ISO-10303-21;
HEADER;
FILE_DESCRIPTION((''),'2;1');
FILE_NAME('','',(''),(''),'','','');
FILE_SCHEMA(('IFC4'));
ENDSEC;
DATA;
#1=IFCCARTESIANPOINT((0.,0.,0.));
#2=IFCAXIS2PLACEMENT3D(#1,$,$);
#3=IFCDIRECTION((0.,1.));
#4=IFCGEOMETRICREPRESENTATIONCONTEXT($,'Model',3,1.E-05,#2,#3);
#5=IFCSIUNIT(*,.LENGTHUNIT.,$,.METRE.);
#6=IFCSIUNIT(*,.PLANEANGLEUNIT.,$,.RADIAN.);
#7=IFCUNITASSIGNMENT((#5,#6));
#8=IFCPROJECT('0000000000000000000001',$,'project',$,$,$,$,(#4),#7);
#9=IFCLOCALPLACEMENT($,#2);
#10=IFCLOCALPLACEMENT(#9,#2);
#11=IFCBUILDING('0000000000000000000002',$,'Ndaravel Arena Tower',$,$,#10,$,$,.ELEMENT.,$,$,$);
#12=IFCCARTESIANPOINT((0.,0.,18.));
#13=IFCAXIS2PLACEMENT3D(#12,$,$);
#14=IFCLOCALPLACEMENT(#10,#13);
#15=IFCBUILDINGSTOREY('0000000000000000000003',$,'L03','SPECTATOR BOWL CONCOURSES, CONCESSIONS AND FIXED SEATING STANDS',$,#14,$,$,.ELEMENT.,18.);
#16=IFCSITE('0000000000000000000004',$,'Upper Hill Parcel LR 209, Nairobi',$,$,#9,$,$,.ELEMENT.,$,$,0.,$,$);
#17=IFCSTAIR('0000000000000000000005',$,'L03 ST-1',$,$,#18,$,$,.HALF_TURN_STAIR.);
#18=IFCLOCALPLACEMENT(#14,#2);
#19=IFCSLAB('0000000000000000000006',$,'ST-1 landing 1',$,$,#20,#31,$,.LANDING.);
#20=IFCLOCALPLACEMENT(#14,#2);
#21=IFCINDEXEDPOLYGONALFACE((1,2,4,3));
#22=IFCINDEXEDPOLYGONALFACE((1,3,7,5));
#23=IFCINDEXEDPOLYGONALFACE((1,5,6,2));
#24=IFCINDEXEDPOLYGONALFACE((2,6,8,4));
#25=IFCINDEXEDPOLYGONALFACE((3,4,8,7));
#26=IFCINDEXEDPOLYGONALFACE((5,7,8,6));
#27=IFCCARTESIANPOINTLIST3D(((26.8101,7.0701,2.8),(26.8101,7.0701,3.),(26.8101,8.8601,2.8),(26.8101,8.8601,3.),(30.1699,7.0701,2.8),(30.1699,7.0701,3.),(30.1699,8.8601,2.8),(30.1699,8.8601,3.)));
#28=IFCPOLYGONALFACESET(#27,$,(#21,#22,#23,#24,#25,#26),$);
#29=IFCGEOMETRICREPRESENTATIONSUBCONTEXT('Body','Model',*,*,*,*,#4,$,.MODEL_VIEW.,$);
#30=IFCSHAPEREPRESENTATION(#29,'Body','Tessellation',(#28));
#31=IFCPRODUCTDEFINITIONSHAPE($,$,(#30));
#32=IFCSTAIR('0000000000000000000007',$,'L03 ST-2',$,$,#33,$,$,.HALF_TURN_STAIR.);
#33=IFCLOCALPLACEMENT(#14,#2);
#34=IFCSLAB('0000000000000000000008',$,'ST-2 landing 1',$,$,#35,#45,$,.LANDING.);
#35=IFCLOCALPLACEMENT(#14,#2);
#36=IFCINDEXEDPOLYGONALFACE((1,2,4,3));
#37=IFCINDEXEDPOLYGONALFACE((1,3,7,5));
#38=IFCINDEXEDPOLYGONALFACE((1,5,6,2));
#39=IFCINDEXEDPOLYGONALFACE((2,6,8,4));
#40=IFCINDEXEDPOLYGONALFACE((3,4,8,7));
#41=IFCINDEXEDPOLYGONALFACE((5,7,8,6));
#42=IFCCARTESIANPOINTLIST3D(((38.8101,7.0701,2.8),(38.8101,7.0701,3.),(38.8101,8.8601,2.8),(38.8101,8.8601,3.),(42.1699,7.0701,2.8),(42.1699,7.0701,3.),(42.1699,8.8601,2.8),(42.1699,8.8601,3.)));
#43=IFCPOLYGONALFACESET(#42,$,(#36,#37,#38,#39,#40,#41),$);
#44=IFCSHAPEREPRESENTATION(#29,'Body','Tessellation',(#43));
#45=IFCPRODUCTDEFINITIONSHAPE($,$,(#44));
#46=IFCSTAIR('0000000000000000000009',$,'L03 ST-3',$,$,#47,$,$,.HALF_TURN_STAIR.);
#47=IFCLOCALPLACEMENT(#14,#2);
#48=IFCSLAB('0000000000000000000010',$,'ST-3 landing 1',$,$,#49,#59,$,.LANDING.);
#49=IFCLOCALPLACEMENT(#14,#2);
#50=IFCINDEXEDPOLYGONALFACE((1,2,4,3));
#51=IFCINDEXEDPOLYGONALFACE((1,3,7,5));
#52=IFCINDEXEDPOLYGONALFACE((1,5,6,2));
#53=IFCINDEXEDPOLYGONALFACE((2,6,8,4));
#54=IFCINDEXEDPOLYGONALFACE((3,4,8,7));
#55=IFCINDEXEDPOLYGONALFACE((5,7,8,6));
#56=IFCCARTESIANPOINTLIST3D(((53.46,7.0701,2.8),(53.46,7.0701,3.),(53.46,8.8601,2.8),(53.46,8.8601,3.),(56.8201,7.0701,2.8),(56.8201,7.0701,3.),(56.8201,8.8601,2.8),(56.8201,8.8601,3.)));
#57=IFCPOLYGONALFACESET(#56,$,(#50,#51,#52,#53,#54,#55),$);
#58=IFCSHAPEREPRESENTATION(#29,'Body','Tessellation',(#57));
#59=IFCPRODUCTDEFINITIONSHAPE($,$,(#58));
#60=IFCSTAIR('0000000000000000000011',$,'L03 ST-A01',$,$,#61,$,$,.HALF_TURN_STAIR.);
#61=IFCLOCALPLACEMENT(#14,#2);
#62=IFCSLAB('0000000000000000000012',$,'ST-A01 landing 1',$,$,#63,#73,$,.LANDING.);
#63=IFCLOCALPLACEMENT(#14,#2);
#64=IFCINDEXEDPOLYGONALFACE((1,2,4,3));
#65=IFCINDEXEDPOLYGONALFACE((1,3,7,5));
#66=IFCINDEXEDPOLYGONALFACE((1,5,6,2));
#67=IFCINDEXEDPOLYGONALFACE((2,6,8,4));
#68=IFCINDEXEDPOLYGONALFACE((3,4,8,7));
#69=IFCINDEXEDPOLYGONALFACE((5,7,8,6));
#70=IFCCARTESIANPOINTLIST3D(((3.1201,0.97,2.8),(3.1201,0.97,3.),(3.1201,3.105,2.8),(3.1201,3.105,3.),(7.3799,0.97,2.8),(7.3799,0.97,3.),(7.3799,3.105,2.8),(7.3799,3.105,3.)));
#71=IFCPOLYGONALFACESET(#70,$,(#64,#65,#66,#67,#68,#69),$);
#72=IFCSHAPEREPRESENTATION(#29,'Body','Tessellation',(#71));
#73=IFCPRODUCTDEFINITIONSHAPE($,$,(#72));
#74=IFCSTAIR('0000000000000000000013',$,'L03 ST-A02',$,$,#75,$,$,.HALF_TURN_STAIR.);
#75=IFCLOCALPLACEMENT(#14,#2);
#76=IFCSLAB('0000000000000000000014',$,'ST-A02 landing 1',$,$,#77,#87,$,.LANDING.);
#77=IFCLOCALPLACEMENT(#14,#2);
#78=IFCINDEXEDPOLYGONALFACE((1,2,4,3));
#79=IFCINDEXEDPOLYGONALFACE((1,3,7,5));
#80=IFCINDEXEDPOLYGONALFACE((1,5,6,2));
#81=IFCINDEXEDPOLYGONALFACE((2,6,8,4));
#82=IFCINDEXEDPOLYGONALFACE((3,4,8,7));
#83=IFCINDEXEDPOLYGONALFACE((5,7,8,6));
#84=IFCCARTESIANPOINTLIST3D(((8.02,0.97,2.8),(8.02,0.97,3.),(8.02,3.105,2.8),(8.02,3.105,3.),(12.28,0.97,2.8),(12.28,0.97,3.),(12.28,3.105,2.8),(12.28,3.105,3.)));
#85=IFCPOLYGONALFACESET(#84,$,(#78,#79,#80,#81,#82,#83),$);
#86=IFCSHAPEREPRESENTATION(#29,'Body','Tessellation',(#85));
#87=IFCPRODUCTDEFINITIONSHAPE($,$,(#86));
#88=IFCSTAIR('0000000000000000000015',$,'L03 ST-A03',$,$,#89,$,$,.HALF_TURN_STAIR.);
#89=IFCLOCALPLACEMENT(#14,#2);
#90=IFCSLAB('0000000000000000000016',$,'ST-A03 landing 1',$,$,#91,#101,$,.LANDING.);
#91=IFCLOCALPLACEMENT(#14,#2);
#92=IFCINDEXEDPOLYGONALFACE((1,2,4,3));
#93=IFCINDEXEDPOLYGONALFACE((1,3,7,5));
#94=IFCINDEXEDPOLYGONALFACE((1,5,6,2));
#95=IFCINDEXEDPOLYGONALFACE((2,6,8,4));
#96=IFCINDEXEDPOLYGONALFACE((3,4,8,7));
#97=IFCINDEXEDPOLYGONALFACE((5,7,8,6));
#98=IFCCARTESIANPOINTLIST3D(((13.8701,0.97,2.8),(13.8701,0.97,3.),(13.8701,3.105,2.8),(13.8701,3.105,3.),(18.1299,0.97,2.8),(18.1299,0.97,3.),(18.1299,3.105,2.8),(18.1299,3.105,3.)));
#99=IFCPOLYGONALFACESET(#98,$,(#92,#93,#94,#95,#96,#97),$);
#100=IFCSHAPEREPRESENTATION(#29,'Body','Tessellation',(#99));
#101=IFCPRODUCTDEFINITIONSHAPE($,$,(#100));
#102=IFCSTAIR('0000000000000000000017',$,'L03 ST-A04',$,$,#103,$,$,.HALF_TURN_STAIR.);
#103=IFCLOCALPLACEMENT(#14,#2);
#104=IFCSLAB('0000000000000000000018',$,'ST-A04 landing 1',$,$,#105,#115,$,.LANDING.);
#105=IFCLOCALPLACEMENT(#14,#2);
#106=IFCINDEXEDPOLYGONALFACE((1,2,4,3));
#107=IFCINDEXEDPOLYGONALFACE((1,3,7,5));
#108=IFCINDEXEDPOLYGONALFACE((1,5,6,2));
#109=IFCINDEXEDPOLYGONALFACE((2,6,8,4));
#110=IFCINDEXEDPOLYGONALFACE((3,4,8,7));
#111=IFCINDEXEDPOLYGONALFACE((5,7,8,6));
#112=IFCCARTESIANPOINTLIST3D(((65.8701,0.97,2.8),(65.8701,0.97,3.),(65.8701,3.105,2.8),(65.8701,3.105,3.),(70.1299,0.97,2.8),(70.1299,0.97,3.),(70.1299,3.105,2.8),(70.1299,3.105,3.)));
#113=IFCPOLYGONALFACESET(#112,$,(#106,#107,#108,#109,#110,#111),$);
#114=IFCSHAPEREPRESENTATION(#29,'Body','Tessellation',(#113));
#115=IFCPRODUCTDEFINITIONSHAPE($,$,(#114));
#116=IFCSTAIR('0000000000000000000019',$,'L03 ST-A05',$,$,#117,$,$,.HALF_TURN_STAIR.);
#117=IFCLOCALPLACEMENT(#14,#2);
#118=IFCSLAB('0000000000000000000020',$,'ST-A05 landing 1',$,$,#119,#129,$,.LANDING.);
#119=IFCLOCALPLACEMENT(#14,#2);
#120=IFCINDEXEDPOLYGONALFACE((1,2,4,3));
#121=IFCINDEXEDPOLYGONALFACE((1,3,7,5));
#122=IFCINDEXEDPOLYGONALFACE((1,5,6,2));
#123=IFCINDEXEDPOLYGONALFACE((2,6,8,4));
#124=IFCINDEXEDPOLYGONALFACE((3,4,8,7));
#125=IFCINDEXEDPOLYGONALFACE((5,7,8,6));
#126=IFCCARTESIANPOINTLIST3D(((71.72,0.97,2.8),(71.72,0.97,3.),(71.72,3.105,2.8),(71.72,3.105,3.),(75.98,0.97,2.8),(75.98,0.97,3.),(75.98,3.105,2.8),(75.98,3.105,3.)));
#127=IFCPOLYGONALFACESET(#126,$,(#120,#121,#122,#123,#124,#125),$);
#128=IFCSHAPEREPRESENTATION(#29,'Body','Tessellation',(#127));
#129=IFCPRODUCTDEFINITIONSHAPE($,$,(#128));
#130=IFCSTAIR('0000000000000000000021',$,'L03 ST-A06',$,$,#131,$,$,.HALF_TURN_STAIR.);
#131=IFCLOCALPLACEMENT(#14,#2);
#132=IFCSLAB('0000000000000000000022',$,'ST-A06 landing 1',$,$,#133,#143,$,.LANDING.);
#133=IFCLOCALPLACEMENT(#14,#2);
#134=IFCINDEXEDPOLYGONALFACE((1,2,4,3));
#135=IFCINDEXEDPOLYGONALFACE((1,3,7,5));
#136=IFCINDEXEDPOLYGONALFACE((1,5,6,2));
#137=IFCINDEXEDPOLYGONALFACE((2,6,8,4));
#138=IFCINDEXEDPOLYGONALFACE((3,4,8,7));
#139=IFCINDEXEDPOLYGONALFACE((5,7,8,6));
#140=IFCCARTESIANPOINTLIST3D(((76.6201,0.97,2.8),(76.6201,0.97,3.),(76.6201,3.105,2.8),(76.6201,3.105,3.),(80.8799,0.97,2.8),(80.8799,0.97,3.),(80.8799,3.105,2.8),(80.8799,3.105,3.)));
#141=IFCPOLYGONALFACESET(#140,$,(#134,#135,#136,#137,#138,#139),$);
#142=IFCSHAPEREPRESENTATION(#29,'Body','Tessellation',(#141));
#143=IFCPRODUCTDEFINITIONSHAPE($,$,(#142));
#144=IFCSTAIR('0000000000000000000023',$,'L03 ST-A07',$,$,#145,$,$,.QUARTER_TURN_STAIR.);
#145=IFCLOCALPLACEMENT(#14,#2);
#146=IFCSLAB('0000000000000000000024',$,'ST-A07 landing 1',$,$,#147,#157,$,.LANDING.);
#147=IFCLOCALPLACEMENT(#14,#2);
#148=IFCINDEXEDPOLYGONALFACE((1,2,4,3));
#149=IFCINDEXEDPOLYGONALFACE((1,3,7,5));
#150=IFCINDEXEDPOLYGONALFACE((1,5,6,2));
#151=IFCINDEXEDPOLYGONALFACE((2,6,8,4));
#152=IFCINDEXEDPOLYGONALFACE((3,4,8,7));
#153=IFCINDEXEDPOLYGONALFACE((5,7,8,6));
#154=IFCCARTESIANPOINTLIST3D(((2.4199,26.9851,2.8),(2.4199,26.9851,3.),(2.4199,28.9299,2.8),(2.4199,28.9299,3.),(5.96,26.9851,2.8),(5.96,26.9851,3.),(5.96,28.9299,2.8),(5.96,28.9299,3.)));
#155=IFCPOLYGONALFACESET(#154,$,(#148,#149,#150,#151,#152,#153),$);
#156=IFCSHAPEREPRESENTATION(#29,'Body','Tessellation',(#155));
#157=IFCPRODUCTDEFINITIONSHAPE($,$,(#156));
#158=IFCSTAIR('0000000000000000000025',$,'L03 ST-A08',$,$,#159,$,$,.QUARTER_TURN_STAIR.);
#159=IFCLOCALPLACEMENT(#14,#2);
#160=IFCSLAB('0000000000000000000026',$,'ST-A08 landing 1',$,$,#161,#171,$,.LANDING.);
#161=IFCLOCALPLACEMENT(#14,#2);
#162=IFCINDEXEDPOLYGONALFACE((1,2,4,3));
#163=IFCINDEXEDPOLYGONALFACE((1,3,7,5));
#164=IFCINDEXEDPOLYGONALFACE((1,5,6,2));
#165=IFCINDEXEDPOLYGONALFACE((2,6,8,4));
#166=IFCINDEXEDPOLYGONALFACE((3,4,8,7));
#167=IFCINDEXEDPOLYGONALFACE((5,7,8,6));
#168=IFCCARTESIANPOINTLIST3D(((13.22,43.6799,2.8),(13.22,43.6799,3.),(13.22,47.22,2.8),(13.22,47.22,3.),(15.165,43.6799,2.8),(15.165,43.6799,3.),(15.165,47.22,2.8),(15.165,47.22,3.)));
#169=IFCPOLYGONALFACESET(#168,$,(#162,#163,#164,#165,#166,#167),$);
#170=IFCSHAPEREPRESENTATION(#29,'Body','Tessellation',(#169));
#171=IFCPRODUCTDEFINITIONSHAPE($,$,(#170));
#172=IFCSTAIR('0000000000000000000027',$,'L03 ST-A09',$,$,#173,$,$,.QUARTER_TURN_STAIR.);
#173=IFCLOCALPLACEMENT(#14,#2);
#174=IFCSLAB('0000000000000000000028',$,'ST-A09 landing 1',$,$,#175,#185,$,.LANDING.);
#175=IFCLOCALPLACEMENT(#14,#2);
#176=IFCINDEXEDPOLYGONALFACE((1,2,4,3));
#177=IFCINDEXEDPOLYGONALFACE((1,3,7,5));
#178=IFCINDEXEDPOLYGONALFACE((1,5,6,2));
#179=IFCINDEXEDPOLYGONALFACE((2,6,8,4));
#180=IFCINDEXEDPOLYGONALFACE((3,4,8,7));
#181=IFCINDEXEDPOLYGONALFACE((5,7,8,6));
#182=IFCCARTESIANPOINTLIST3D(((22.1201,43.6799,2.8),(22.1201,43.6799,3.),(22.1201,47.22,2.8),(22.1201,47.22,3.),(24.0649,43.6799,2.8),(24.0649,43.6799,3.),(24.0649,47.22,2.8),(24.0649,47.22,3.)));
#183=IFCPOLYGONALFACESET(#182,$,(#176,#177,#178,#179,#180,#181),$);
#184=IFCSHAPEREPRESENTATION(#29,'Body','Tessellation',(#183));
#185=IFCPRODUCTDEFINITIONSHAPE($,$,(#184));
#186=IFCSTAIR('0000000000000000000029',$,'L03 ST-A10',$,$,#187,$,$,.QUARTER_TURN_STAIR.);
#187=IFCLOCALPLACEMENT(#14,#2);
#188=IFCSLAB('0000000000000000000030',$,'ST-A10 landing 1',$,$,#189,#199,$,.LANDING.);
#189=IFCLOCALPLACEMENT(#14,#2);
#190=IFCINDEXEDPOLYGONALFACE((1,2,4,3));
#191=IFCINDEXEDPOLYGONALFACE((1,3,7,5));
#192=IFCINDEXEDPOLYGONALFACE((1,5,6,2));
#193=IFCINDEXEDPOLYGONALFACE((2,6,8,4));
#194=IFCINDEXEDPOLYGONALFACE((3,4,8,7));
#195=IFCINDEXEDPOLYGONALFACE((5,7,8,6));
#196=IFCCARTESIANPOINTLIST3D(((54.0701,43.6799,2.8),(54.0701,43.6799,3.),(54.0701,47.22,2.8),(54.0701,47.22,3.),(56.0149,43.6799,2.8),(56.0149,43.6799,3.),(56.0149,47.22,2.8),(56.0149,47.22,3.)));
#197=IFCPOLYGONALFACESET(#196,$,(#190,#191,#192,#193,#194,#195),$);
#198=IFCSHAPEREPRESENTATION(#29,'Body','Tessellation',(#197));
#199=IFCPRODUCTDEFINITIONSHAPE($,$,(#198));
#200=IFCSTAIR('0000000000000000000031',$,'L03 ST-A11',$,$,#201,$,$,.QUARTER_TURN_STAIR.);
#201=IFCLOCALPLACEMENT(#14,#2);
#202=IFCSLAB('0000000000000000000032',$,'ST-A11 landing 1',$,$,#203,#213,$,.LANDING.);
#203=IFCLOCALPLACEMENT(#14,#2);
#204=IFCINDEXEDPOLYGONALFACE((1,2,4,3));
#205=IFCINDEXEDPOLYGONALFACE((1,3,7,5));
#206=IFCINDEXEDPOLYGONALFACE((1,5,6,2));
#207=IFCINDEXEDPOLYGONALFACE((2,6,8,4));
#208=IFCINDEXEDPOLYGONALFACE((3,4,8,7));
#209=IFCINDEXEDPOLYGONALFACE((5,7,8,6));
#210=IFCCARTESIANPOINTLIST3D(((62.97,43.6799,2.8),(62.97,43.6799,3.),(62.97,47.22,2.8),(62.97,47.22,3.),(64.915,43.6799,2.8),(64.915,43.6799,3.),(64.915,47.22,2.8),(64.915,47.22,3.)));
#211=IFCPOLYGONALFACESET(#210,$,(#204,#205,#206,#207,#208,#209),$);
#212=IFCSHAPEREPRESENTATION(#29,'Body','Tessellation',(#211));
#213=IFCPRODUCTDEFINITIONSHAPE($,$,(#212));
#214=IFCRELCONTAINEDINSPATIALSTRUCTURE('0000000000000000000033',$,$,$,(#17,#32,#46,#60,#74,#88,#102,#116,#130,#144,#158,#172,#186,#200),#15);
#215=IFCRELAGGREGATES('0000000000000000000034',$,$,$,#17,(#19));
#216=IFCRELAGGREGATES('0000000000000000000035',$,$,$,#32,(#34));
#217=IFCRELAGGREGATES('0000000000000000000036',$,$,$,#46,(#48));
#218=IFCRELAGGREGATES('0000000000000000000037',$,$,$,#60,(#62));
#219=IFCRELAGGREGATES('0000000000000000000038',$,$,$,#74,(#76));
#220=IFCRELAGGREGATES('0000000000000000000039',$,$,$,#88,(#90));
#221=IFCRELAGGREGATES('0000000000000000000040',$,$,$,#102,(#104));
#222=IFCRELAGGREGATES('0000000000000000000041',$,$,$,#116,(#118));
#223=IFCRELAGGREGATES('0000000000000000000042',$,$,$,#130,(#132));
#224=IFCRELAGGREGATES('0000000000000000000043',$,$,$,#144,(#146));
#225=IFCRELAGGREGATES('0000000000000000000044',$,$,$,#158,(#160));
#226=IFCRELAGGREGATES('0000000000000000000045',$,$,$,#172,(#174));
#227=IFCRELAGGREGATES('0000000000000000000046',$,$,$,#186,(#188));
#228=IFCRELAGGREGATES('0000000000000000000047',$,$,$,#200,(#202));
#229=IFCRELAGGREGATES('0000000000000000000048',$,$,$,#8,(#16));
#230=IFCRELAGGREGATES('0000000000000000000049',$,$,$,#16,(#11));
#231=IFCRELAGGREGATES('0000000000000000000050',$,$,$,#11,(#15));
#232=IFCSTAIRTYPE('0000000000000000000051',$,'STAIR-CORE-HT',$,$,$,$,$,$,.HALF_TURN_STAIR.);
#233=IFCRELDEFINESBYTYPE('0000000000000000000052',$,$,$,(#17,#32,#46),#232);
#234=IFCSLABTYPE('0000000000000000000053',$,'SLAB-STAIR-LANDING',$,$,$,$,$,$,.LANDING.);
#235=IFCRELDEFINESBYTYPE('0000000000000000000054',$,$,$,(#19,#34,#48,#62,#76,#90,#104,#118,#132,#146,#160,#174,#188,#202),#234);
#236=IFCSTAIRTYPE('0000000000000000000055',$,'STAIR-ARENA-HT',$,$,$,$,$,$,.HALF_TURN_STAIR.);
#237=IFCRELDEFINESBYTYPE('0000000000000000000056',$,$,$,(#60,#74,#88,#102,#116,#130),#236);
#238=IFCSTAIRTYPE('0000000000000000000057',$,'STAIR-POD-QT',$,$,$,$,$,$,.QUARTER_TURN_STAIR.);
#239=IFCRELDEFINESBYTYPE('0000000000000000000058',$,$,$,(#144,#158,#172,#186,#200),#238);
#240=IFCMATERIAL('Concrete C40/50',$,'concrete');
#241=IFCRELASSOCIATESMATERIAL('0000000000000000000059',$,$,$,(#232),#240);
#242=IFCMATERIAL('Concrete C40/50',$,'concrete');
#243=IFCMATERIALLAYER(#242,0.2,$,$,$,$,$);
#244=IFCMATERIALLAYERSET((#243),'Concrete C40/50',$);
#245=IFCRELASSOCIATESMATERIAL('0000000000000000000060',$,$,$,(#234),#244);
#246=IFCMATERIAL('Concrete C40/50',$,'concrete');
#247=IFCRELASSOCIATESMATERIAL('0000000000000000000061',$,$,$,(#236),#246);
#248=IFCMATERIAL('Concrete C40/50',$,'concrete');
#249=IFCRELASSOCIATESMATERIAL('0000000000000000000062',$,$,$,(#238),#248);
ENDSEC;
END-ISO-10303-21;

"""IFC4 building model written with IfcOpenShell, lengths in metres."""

from ifc_helpers import new_model, si_unit, direction, frame, origin, place, context, subcontext, project, spatial, polyline, outline, extrude, material, layer, layer_set, type_object, element, aggregate, save


model = new_model("IFC4")

# Units and contexts
model_context = context("Model", 3, precision=1e-05, world=origin(), true_north=direction((0.0, 1.0)))
body_context = subcontext(model_context, "Body", "Model", "MODEL_VIEW")
ifc_project = project(units=[si_unit("LENGTHUNIT", "METRE"), si_unit("PLANEANGLEUNIT", "RADIAN")], contexts=[model_context])

# Site, building, storey
site_placement = place(None, origin())
site = spatial("IfcSite", under=ifc_project, at=site_placement, Name="Upper Hill Parcel LR 209, Nairobi", CompositionType="ELEMENT", RefElevation=0.0)
building_placement = place(site_placement, origin())
building = spatial("IfcBuilding", under=site, at=building_placement, Name="Ndaravel Arena Tower", CompositionType="ELEMENT")
storey_placement = place(building_placement, frame((0.0, 0.0, 18.0)))
storey = spatial("IfcBuildingStorey", under=building, at=storey_placement, Name="L03", Description="SPECTATOR BOWL CONCOURSES, CONCESSIONS AND FIXED SEATING STANDS", CompositionType="ELEMENT", Elevation=18.0)

# Stairs, slabs
ifc_material_1 = material(Name="Concrete C40/50", Category="concrete")
stair_type_1 = type_object("IfcStairType", Name="STAIR-CORE-HT", PredefinedType="HALF_TURN_STAIR", material=ifc_material_1)
stair_1_placement = place(storey_placement, origin())
stair_1 = element("IfcStair", 1, at=stair_1_placement, inside=storey, type_object=stair_type_1, Name="L03 ST-1", PredefinedType="HALF_TURN_STAIR")
ifc_material_2 = material(Name="Concrete C40/50", Category="concrete")
ifc_layer_1 = layer(ifc_material_2, 0.2)
ifc_layer_set_1 = layer_set([ifc_layer_1], Name="Concrete C40/50")
slab_type_1 = type_object("IfcSlabType", Name="SLAB-STAIR-LANDING", PredefinedType="LANDING", material=ifc_layer_set_1)
slab_1_placement = place(storey_placement, frame((0.0, 0.0, 2.8)))
slab_1 = element("IfcSlab", 2, at=slab_1_placement, type_object=slab_type_1, Name="ST-1 landing 1", PredefinedType="LANDING", context=body_context, shape_type="SweptSolid", body=[
    extrude(outline(polyline([(26.8101, 8.8601), (26.8101, 7.0701), (30.1699, 7.0701), (30.1699, 8.8601), (26.8101, 8.8601)])), origin(), (0.0, 0.0, 1.0), 0.2),
])
aggregate(stair_1, [slab_1])
stair_2_placement = place(storey_placement, origin())
stair_2 = element("IfcStair", 3, at=stair_2_placement, inside=storey, type_object=stair_type_1, Name="L03 ST-2", PredefinedType="HALF_TURN_STAIR")
slab_2_placement = place(storey_placement, frame((0.0, 0.0, 2.8)))
slab_2 = element("IfcSlab", 4, at=slab_2_placement, type_object=slab_type_1, Name="ST-2 landing 1", PredefinedType="LANDING", context=body_context, shape_type="SweptSolid", body=[
    extrude(outline(polyline([(38.8101, 8.8601), (38.8101, 7.0701), (42.1699, 7.0701), (42.1699, 8.8601), (38.8101, 8.8601)])), origin(), (0.0, 0.0, 1.0), 0.2),
])
aggregate(stair_2, [slab_2])
stair_3_placement = place(storey_placement, origin())
stair_3 = element("IfcStair", 5, at=stair_3_placement, inside=storey, type_object=stair_type_1, Name="L03 ST-3", PredefinedType="HALF_TURN_STAIR")
slab_3_placement = place(storey_placement, frame((0.0, 0.0, 2.8)))
slab_3 = element("IfcSlab", 6, at=slab_3_placement, type_object=slab_type_1, Name="ST-3 landing 1", PredefinedType="LANDING", context=body_context, shape_type="SweptSolid", body=[
    extrude(outline(polyline([(53.46, 8.8601), (53.46, 7.0701), (56.8201, 7.0701), (56.8201, 8.8601), (53.46, 8.8601)])), origin(), (0.0, 0.0, 1.0), 0.2),
])
aggregate(stair_3, [slab_3])
ifc_material_3 = material(Name="Concrete C40/50", Category="concrete")
stair_type_2 = type_object("IfcStairType", Name="STAIR-ARENA-HT", PredefinedType="HALF_TURN_STAIR", material=ifc_material_3)
stair_4_placement = place(storey_placement, origin())
stair_4 = element("IfcStair", 7, at=stair_4_placement, inside=storey, type_object=stair_type_2, Name="L03 ST-A01", PredefinedType="HALF_TURN_STAIR")
slab_4_placement = place(storey_placement, frame((0.0, 0.0, 2.8)))
slab_4 = element("IfcSlab", 8, at=slab_4_placement, type_object=slab_type_1, Name="ST-A01 landing 1", PredefinedType="LANDING", context=body_context, shape_type="SweptSolid", body=[
    extrude(outline(polyline([(3.1201, 3.105), (3.1201, 0.97), (7.3799, 0.97), (7.3799, 3.105), (3.1201, 3.105)])), origin(), (0.0, 0.0, 1.0), 0.2),
])
aggregate(stair_4, [slab_4])
stair_5_placement = place(storey_placement, origin())
stair_5 = element("IfcStair", 9, at=stair_5_placement, inside=storey, type_object=stair_type_2, Name="L03 ST-A02", PredefinedType="HALF_TURN_STAIR")
slab_5_placement = place(storey_placement, frame((0.0, 0.0, 2.8)))
slab_5 = element("IfcSlab", 10, at=slab_5_placement, type_object=slab_type_1, Name="ST-A02 landing 1", PredefinedType="LANDING", context=body_context, shape_type="SweptSolid", body=[
    extrude(outline(polyline([(8.02, 3.105), (8.02, 0.97), (12.28, 0.97), (12.28, 3.105), (8.02, 3.105)])), origin(), (0.0, 0.0, 1.0), 0.2),
])
aggregate(stair_5, [slab_5])
stair_6_placement = place(storey_placement, origin())
stair_6 = element("IfcStair", 11, at=stair_6_placement, inside=storey, type_object=stair_type_2, Name="L03 ST-A03", PredefinedType="HALF_TURN_STAIR")
slab_6_placement = place(storey_placement, frame((0.0, 0.0, 2.8)))
slab_6 = element("IfcSlab", 12, at=slab_6_placement, type_object=slab_type_1, Name="ST-A03 landing 1", PredefinedType="LANDING", context=body_context, shape_type="SweptSolid", body=[
    extrude(outline(polyline([(13.8701, 3.105), (13.8701, 0.97), (18.1299, 0.97), (18.1299, 3.105), (13.8701, 3.105)])), origin(), (0.0, 0.0, 1.0), 0.2),
])
aggregate(stair_6, [slab_6])
stair_7_placement = place(storey_placement, origin())
stair_7 = element("IfcStair", 13, at=stair_7_placement, inside=storey, type_object=stair_type_2, Name="L03 ST-A04", PredefinedType="HALF_TURN_STAIR")
slab_7_placement = place(storey_placement, frame((0.0, 0.0, 2.8)))
slab_7 = element("IfcSlab", 14, at=slab_7_placement, type_object=slab_type_1, Name="ST-A04 landing 1", PredefinedType="LANDING", context=body_context, shape_type="SweptSolid", body=[
    extrude(outline(polyline([(65.8701, 3.105), (65.8701, 0.97), (70.1299, 0.97), (70.1299, 3.105), (65.8701, 3.105)])), origin(), (0.0, 0.0, 1.0), 0.2),
])
aggregate(stair_7, [slab_7])
stair_8_placement = place(storey_placement, origin())
stair_8 = element("IfcStair", 15, at=stair_8_placement, inside=storey, type_object=stair_type_2, Name="L03 ST-A05", PredefinedType="HALF_TURN_STAIR")
slab_8_placement = place(storey_placement, frame((0.0, 0.0, 2.8)))
slab_8 = element("IfcSlab", 16, at=slab_8_placement, type_object=slab_type_1, Name="ST-A05 landing 1", PredefinedType="LANDING", context=body_context, shape_type="SweptSolid", body=[
    extrude(outline(polyline([(71.72, 3.105), (71.72, 0.97), (75.98, 0.97), (75.98, 3.105), (71.72, 3.105)])), origin(), (0.0, 0.0, 1.0), 0.2),
])
aggregate(stair_8, [slab_8])
stair_9_placement = place(storey_placement, origin())
stair_9 = element("IfcStair", 17, at=stair_9_placement, inside=storey, type_object=stair_type_2, Name="L03 ST-A06", PredefinedType="HALF_TURN_STAIR")
slab_9_placement = place(storey_placement, frame((0.0, 0.0, 2.8)))
slab_9 = element("IfcSlab", 18, at=slab_9_placement, type_object=slab_type_1, Name="ST-A06 landing 1", PredefinedType="LANDING", context=body_context, shape_type="SweptSolid", body=[
    extrude(outline(polyline([(76.6201, 3.105), (76.6201, 0.97), (80.8799, 0.97), (80.8799, 3.105), (76.6201, 3.105)])), origin(), (0.0, 0.0, 1.0), 0.2),
])
aggregate(stair_9, [slab_9])
ifc_material_4 = material(Name="Concrete C40/50", Category="concrete")
stair_type_3 = type_object("IfcStairType", Name="STAIR-POD-QT", PredefinedType="QUARTER_TURN_STAIR", material=ifc_material_4)
stair_10_placement = place(storey_placement, origin())
stair_10 = element("IfcStair", 19, at=stair_10_placement, inside=storey, type_object=stair_type_3, Name="L03 ST-A07", PredefinedType="QUARTER_TURN_STAIR")
slab_10_placement = place(storey_placement, frame((0.0, 0.0, 2.8)))
slab_10 = element("IfcSlab", 20, at=slab_10_placement, type_object=slab_type_1, Name="ST-A07 landing 1", PredefinedType="LANDING", context=body_context, shape_type="SweptSolid", body=[
    extrude(outline(polyline([(5.96, 26.9851), (5.96, 28.9299), (2.4199, 28.9299), (2.4199, 26.9851), (5.96, 26.9851)])), origin(), (0.0, 0.0, 1.0), 0.2),
])
aggregate(stair_10, [slab_10])
stair_11_placement = place(storey_placement, origin())
stair_11 = element("IfcStair", 21, at=stair_11_placement, inside=storey, type_object=stair_type_3, Name="L03 ST-A08", PredefinedType="QUARTER_TURN_STAIR")
slab_11_placement = place(storey_placement, frame((0.0, 0.0, 2.8)))
slab_11 = element("IfcSlab", 22, at=slab_11_placement, type_object=slab_type_1, Name="ST-A08 landing 1", PredefinedType="LANDING", context=body_context, shape_type="SweptSolid", body=[
    extrude(outline(polyline([(15.165, 47.22), (13.22, 47.22), (13.22, 43.6799), (15.165, 43.6799), (15.165, 47.22)])), origin(), (0.0, 0.0, 1.0), 0.2),
])
aggregate(stair_11, [slab_11])
stair_12_placement = place(storey_placement, origin())
stair_12 = element("IfcStair", 23, at=stair_12_placement, inside=storey, type_object=stair_type_3, Name="L03 ST-A09", PredefinedType="QUARTER_TURN_STAIR")
slab_12_placement = place(storey_placement, frame((0.0, 0.0, 2.8)))
slab_12 = element("IfcSlab", 24, at=slab_12_placement, type_object=slab_type_1, Name="ST-A09 landing 1", PredefinedType="LANDING", context=body_context, shape_type="SweptSolid", body=[
    extrude(outline(polyline([(24.0649, 47.22), (22.1201, 47.22), (22.1201, 43.6799), (24.0649, 43.6799), (24.0649, 47.22)])), origin(), (0.0, 0.0, 1.0), 0.2),
])
aggregate(stair_12, [slab_12])
stair_13_placement = place(storey_placement, origin())
stair_13 = element("IfcStair", 25, at=stair_13_placement, inside=storey, type_object=stair_type_3, Name="L03 ST-A10", PredefinedType="QUARTER_TURN_STAIR")
slab_13_placement = place(storey_placement, frame((0.0, 0.0, 2.8)))
slab_13 = element("IfcSlab", 26, at=slab_13_placement, type_object=slab_type_1, Name="ST-A10 landing 1", PredefinedType="LANDING", context=body_context, shape_type="SweptSolid", body=[
    extrude(outline(polyline([(56.0149, 47.22), (54.0701, 47.22), (54.0701, 43.6799), (56.0149, 43.6799), (56.0149, 47.22)])), origin(), (0.0, 0.0, 1.0), 0.2),
])
aggregate(stair_13, [slab_13])
stair_14_placement = place(storey_placement, origin())
stair_14 = element("IfcStair", 27, at=stair_14_placement, inside=storey, type_object=stair_type_3, Name="L03 ST-A11", PredefinedType="QUARTER_TURN_STAIR")
slab_14_placement = place(storey_placement, frame((0.0, 0.0, 2.8)))
slab_14 = element("IfcSlab", 28, at=slab_14_placement, type_object=slab_type_1, Name="ST-A11 landing 1", PredefinedType="LANDING", context=body_context, shape_type="SweptSolid", body=[
    extrude(outline(polyline([(64.915, 47.22), (62.97, 47.22), (62.97, 43.6799), (64.915, 43.6799), (64.915, 47.22)])), origin(), (0.0, 0.0, 1.0), 0.2),
])
aggregate(stair_14, [slab_14])

save(model, "model.ifc")
